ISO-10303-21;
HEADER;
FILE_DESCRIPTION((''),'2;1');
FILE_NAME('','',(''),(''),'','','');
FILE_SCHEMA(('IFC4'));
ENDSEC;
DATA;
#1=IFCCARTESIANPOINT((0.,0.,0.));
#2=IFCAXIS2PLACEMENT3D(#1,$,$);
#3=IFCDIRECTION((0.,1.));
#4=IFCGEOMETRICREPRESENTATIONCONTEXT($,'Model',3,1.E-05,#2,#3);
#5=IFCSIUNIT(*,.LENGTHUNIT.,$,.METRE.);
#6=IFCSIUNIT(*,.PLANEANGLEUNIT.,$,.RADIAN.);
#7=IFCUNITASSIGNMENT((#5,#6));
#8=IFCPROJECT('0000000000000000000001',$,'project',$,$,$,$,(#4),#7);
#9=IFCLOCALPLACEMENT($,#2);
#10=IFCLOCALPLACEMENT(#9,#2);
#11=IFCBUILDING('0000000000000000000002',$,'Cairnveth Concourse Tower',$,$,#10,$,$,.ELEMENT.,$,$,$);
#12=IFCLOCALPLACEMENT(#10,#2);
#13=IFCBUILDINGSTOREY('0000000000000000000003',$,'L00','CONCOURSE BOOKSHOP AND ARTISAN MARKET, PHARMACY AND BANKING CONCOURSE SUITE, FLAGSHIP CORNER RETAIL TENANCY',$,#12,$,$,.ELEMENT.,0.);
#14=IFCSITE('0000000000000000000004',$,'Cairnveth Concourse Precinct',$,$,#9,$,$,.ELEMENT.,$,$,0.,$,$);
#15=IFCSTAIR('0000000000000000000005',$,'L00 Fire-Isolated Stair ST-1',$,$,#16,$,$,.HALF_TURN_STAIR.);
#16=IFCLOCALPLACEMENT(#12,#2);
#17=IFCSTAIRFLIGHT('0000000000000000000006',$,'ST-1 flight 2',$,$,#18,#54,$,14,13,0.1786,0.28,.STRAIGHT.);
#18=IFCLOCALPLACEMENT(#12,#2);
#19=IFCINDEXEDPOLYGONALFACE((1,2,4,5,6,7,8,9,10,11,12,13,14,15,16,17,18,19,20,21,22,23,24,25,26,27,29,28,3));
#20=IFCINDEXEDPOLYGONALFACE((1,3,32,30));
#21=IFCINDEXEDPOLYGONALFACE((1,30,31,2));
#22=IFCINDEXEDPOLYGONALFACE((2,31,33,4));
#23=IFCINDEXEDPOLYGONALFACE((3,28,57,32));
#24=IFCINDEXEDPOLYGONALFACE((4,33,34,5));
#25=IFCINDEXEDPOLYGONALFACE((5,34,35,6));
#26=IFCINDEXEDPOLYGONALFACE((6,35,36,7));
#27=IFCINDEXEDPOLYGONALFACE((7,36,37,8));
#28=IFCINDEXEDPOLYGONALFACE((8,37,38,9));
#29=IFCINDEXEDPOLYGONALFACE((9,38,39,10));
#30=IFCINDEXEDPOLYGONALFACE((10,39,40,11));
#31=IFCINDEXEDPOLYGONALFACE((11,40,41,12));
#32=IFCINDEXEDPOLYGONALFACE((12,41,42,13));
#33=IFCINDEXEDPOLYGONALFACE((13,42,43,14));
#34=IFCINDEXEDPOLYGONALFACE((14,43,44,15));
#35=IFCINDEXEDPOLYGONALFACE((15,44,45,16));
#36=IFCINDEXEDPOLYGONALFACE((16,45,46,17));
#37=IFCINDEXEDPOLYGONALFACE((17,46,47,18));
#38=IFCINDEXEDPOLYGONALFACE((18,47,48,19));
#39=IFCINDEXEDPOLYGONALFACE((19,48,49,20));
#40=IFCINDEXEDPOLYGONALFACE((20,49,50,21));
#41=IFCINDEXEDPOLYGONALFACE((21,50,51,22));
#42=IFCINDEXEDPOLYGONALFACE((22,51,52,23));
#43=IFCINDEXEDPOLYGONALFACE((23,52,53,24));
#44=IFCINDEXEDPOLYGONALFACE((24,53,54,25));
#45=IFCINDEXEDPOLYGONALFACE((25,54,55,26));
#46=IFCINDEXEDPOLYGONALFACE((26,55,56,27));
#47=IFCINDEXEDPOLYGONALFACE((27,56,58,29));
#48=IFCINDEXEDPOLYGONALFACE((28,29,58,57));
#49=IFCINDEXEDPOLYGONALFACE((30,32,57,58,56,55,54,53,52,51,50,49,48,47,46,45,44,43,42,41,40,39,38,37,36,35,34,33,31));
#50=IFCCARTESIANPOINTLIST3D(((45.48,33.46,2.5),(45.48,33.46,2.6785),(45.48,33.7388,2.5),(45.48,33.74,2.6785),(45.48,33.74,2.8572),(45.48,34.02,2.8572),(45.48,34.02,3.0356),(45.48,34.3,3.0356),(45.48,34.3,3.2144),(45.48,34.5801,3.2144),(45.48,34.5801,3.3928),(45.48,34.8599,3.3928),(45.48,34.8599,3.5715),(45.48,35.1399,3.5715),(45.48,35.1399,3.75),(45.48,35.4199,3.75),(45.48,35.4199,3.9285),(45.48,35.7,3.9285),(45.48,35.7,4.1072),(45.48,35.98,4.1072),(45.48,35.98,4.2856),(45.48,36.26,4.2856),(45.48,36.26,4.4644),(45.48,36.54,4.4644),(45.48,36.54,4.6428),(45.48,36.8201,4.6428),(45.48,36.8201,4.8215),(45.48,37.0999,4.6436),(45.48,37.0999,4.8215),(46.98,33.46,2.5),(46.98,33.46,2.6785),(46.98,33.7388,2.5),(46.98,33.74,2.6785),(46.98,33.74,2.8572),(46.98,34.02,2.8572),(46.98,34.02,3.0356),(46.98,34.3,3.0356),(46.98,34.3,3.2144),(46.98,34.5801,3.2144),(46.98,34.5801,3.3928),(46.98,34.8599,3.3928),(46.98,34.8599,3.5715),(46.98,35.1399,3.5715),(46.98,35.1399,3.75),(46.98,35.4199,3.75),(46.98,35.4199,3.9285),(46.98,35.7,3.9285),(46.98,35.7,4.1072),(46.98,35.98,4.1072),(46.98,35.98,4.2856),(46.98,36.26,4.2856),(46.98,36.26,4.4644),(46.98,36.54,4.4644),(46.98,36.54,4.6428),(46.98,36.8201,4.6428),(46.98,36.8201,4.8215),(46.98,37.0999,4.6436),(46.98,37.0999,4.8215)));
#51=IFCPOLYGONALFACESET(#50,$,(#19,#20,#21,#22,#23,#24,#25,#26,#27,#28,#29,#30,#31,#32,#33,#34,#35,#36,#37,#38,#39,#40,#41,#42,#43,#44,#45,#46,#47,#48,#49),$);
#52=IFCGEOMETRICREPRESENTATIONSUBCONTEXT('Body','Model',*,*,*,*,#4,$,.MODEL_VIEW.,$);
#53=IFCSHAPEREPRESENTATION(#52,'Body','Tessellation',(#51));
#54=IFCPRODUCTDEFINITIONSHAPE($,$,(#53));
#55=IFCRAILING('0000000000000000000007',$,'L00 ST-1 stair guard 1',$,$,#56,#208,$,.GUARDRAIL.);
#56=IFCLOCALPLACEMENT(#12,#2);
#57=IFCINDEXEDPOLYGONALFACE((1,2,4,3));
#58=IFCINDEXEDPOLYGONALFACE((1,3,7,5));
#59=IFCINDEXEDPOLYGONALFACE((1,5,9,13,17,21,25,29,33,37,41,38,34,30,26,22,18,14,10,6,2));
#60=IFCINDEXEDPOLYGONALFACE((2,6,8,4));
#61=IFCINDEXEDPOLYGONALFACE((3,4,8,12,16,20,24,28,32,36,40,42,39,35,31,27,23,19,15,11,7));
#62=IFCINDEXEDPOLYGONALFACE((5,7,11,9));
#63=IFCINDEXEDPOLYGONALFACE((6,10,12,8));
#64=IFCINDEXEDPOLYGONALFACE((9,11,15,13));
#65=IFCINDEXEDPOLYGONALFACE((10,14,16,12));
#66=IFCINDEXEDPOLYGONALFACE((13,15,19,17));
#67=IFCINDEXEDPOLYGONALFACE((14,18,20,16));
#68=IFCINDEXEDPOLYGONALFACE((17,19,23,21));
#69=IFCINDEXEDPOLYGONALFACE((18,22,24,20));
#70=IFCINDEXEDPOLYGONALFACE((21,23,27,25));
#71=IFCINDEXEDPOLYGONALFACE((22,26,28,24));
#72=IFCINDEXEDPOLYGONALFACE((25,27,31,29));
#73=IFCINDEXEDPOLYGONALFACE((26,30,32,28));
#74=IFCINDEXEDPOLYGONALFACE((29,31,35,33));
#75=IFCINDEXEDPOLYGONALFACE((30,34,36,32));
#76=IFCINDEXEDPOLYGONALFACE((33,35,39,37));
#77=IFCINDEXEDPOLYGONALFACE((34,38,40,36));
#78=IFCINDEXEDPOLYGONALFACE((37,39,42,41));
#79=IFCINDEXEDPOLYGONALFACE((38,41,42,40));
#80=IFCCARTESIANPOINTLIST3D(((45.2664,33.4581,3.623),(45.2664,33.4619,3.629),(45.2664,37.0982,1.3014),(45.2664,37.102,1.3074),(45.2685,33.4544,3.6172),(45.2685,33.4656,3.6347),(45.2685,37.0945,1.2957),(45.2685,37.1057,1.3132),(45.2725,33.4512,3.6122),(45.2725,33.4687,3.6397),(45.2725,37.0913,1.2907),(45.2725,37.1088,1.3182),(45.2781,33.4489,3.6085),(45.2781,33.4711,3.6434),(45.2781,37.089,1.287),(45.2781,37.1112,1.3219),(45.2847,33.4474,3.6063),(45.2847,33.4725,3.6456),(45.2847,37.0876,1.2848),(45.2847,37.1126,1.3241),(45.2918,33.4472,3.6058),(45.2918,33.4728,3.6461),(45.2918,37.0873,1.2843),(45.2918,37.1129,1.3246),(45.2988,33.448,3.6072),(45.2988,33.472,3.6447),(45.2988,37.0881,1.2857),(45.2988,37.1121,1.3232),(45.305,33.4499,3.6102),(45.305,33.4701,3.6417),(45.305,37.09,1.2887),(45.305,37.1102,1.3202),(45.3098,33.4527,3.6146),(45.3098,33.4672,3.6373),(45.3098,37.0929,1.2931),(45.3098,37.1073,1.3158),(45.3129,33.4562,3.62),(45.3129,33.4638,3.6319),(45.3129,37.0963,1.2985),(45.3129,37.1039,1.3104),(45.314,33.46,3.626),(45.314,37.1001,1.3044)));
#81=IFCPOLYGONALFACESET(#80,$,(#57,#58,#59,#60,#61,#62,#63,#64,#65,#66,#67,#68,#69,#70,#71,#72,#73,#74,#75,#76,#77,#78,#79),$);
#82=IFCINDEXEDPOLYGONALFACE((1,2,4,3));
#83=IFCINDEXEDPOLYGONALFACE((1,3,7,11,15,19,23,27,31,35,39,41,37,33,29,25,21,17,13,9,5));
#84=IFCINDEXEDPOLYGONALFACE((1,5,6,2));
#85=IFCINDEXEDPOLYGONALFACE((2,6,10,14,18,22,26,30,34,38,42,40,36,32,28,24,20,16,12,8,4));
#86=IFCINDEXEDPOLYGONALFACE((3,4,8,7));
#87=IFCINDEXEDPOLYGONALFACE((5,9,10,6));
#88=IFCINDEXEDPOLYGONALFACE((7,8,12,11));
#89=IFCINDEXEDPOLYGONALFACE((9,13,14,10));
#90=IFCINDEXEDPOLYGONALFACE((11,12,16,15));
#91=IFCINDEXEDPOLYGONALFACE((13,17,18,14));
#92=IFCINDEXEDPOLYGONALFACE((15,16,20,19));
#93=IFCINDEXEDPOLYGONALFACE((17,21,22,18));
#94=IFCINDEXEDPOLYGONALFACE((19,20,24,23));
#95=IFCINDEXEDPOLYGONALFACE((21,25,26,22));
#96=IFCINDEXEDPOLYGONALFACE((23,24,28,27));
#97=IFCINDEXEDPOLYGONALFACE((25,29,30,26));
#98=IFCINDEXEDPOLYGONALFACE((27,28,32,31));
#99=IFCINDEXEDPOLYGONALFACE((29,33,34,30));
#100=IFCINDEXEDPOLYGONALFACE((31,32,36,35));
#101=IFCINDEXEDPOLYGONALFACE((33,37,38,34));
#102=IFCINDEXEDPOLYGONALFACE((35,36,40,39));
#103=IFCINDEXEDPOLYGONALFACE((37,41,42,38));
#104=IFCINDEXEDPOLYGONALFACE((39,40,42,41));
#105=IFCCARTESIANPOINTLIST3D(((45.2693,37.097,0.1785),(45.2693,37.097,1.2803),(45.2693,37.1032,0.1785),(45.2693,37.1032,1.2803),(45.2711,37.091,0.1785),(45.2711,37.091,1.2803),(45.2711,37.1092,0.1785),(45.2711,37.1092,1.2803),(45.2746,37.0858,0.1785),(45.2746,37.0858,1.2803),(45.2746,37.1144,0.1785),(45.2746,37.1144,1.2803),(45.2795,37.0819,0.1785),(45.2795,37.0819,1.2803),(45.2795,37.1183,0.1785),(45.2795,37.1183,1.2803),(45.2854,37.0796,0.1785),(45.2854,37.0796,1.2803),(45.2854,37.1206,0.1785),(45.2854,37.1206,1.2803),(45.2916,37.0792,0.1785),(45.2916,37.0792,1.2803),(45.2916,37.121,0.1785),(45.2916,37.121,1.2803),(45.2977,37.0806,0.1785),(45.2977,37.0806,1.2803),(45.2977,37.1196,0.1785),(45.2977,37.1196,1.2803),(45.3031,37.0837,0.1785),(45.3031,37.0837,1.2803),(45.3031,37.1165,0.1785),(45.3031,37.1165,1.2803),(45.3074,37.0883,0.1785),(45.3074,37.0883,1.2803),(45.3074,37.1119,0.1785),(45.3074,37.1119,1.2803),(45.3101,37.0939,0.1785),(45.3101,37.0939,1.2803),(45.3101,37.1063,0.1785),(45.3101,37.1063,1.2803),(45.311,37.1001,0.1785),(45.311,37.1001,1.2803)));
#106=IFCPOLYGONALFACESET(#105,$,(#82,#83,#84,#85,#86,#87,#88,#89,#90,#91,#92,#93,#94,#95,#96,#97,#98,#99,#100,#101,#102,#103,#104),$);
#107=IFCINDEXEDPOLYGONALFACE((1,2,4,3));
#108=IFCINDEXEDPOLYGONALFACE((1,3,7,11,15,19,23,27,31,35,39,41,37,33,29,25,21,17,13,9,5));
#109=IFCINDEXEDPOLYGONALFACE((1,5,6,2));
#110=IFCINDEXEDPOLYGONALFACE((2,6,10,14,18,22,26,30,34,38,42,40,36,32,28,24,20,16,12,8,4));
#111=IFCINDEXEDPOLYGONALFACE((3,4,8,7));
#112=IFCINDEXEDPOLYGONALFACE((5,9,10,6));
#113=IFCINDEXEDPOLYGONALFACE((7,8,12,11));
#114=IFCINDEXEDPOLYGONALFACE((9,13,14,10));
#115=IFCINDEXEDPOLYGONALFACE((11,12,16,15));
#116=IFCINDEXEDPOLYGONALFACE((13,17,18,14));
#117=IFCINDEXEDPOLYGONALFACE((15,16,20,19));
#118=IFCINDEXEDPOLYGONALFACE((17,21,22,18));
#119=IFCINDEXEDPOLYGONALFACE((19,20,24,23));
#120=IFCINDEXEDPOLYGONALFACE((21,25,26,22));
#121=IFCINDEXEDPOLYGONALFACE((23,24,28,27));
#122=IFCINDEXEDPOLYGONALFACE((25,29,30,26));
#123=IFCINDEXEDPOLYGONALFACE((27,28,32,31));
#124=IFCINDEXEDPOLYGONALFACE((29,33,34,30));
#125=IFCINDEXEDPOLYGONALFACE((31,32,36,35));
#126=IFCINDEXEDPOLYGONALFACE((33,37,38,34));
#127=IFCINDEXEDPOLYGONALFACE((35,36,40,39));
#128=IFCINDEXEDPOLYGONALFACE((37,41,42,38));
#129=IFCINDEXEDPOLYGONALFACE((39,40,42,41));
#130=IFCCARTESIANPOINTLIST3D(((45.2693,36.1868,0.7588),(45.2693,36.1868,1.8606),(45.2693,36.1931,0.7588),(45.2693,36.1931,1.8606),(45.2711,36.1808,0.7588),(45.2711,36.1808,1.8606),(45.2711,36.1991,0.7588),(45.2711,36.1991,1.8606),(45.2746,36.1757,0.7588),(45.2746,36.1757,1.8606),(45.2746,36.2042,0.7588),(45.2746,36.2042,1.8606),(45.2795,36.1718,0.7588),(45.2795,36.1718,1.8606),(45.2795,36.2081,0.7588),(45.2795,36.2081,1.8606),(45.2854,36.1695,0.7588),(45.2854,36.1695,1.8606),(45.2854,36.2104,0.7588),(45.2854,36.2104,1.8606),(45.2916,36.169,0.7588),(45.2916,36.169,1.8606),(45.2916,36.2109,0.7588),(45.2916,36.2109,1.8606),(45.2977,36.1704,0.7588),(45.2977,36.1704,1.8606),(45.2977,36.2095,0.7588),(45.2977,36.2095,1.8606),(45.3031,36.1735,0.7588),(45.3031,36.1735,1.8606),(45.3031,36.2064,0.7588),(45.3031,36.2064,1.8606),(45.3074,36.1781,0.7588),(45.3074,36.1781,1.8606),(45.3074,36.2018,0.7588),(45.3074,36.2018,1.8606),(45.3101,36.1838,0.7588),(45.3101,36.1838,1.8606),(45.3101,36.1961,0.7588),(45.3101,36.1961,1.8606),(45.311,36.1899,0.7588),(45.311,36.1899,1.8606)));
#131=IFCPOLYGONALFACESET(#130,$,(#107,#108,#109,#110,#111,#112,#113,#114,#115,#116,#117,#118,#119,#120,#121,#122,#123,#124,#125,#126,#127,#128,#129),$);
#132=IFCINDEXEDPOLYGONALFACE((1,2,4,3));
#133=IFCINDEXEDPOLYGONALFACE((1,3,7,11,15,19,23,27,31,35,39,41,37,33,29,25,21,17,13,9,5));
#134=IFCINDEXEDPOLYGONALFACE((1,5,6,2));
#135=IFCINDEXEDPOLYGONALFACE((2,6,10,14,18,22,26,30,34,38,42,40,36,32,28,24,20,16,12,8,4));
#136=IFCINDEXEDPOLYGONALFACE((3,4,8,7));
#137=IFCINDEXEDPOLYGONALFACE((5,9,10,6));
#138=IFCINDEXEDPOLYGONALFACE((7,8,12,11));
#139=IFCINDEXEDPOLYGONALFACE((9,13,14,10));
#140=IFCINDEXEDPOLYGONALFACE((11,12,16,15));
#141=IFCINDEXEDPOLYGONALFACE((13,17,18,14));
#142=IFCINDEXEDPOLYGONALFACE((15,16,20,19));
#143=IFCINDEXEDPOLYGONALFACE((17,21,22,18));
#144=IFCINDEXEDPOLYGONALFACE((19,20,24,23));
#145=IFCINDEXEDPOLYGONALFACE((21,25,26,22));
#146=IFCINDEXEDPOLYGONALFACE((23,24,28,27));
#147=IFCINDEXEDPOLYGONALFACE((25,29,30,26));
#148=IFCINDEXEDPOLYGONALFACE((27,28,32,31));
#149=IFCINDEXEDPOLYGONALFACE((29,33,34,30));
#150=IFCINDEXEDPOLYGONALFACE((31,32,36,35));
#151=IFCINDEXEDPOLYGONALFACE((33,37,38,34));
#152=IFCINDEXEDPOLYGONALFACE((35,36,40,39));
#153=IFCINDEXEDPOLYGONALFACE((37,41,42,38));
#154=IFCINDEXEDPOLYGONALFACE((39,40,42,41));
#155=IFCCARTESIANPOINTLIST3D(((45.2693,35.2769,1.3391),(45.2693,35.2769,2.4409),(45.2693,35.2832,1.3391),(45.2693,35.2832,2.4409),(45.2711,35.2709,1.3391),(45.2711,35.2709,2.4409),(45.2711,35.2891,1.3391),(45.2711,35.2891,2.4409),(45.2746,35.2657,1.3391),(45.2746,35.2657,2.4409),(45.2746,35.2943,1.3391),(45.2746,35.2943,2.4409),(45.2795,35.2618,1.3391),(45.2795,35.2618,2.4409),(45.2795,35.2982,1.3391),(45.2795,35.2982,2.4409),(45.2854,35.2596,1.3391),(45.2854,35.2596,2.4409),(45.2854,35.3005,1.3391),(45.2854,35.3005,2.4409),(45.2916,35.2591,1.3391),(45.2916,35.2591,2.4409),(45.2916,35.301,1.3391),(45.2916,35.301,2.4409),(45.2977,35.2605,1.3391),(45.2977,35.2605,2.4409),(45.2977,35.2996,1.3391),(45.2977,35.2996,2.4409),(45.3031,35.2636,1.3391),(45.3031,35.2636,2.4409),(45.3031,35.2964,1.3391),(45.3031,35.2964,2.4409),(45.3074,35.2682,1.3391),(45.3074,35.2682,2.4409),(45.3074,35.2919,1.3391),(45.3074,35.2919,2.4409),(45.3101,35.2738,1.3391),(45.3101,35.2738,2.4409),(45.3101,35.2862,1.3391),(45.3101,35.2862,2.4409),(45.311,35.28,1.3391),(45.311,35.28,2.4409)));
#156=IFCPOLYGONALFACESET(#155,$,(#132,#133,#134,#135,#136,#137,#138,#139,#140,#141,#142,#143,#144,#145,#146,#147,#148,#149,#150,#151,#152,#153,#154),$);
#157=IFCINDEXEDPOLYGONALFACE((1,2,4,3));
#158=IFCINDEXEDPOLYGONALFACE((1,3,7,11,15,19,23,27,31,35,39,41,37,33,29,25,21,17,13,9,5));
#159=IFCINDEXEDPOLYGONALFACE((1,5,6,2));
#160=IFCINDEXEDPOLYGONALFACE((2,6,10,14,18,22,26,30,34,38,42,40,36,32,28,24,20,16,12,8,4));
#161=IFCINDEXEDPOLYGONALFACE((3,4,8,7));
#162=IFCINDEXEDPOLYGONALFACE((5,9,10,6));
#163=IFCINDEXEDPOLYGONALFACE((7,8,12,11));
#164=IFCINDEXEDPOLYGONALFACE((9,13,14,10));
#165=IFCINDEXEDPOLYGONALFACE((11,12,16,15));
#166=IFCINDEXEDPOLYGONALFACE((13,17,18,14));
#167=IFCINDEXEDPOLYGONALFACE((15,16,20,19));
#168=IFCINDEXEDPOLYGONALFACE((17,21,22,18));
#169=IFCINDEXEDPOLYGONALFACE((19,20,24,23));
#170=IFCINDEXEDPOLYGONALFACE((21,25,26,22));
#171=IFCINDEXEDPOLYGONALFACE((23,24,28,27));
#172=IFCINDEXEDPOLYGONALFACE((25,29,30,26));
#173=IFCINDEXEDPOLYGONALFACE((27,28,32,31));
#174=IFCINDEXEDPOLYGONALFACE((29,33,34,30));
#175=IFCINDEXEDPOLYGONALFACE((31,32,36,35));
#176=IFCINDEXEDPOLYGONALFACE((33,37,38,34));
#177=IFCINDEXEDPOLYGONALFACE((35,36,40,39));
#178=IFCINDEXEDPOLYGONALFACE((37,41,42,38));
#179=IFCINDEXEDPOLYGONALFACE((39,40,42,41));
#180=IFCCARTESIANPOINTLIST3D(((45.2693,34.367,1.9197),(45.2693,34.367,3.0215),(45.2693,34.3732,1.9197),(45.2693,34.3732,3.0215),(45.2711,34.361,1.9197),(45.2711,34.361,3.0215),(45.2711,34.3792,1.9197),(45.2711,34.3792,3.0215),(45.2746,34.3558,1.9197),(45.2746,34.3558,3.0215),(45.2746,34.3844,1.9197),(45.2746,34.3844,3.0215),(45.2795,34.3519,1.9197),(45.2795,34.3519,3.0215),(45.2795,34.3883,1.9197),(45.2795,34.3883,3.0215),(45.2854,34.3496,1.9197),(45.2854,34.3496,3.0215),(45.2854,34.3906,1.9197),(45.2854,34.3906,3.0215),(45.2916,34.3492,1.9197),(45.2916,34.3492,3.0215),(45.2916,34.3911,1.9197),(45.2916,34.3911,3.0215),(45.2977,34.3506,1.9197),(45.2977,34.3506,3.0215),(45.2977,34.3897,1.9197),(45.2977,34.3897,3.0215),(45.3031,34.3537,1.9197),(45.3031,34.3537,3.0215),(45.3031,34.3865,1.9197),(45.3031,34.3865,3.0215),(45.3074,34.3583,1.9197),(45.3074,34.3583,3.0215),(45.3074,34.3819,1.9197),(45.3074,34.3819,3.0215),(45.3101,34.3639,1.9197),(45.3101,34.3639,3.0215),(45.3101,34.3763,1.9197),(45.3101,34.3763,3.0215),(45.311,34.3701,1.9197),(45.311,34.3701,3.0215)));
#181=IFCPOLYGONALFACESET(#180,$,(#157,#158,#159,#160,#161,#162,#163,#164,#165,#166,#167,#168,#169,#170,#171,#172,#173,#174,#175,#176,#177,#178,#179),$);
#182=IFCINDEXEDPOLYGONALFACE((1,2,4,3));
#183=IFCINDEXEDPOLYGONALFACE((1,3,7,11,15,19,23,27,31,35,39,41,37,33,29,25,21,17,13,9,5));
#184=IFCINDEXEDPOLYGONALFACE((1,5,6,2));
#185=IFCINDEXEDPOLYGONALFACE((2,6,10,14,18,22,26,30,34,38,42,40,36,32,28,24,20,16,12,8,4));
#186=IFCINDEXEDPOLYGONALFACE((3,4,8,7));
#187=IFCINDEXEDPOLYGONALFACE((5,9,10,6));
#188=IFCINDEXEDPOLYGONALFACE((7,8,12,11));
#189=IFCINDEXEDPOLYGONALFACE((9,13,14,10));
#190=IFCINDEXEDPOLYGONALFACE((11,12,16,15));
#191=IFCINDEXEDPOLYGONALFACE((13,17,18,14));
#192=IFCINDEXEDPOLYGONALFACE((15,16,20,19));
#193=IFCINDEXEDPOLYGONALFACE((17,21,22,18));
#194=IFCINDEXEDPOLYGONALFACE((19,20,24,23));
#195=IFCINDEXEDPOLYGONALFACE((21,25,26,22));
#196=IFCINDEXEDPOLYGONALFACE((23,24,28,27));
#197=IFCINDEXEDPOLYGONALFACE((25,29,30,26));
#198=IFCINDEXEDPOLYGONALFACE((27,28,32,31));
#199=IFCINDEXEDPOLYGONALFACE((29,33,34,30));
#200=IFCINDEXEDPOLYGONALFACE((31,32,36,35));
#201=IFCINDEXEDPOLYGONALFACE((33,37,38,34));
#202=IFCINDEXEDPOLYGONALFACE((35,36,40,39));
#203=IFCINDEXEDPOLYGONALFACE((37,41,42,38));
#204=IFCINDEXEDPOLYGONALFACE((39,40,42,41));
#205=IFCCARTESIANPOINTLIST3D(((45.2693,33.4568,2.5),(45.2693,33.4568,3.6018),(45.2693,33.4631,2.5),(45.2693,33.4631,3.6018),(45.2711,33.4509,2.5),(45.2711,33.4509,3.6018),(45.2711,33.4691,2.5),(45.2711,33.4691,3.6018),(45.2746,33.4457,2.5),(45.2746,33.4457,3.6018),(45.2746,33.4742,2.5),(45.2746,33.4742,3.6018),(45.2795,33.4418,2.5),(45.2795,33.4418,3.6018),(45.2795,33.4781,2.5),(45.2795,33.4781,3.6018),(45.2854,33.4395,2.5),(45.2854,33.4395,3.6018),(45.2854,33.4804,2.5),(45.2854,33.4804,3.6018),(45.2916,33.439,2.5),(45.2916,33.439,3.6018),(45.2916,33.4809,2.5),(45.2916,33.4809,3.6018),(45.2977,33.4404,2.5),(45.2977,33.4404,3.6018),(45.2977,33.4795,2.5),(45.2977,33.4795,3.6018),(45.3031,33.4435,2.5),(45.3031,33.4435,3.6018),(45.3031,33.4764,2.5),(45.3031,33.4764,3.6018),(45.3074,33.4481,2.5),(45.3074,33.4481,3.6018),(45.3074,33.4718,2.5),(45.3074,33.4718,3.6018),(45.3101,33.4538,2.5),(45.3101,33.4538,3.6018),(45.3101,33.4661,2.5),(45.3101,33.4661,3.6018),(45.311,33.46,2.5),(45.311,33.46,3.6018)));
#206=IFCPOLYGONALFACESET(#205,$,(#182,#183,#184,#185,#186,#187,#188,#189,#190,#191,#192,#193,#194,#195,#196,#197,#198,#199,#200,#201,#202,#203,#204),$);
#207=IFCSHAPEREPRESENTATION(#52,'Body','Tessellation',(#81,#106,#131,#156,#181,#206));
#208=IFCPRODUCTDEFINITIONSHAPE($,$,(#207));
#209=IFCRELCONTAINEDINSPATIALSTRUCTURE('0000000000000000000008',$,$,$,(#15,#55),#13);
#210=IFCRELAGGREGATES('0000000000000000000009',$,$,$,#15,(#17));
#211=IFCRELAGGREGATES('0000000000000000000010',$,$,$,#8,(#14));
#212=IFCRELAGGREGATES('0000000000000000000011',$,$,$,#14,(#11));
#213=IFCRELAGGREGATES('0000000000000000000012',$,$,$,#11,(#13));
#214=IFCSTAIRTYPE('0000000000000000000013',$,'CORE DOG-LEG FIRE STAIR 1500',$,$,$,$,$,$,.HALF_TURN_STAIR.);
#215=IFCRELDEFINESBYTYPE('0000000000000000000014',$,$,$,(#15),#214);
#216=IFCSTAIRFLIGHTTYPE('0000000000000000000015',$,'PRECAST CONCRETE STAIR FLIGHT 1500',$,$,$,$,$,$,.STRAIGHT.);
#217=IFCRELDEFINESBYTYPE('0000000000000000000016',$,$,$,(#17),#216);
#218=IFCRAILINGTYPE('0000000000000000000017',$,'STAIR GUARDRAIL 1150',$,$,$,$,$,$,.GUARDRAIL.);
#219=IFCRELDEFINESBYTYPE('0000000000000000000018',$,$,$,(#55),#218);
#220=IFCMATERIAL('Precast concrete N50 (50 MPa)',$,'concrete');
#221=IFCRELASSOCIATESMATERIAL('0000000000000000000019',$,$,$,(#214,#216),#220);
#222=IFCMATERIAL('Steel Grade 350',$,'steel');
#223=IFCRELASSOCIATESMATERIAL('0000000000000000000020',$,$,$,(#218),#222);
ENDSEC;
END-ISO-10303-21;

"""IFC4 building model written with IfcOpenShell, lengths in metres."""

from ifc_helpers import new_model, si_unit, direction, frame, origin, origin_2d, place, context, subcontext, project, spatial, polyline, circle, outline, extrude, material, type_object, element, aggregate, save


model = new_model("IFC4")

# Units and contexts
model_context = context("Model", 3, precision=1e-05, world=origin(), true_north=direction((0.0, 1.0)))
body_context = subcontext(model_context, "Body", "Model", "MODEL_VIEW")
ifc_project = project(units=[si_unit("LENGTHUNIT", "METRE"), si_unit("PLANEANGLEUNIT", "RADIAN")], contexts=[model_context])

# Site, building, storey
site_placement = place(None, origin())
site = spatial("IfcSite", under=ifc_project, at=site_placement, Name="Cairnveth Concourse Precinct", CompositionType="ELEMENT", RefElevation=0.0)
building_placement = place(site_placement, origin())
building = spatial("IfcBuilding", under=site, at=building_placement, Name="Cairnveth Concourse Tower", CompositionType="ELEMENT")
storey_placement = place(building_placement, origin())
storey = spatial("IfcBuildingStorey", under=building, at=storey_placement, Name="L00", Description="CONCOURSE BOOKSHOP AND ARTISAN MARKET, PHARMACY AND BANKING CONCOURSE SUITE, FLAGSHIP CORNER RETAIL TENANCY", CompositionType="ELEMENT", Elevation=0.0)

# Shared definitions
ifc_material_1 = material(Name="Steel Grade 350", Category="steel")

# Stair, stair flight
ifc_material_2 = material(Name="Precast concrete N50 (50 MPa)", Category="concrete")
stair_type = type_object("IfcStairType", Name="CORE DOG-LEG FIRE STAIR 1500", PredefinedType="HALF_TURN_STAIR", material=ifc_material_2)
stair_placement = place(storey_placement, origin())
stair = element("IfcStair", 1, at=stair_placement, inside=storey, type_object=stair_type, Name="L00 Fire-Isolated Stair ST-1", PredefinedType="HALF_TURN_STAIR")
stair_flight_type = type_object("IfcStairFlightType", Name="PRECAST CONCRETE STAIR FLIGHT 1500", PredefinedType="STRAIGHT", material=ifc_material_2)
stair_flight_1_placement = place(storey_placement, frame((46.23, 33.46, 2.5), z_axis=(0.0, 0.0, 1.0), x_axis=(0.0, 1.0, 0.0)))
stair_flight_1 = element("IfcStairFlight", 2, at=stair_flight_1_placement, type_object=stair_flight_type, Name="ST-1 flight 2", NumberOfRisers=14, NumberOfTreads=13, PredefinedType="STRAIGHT", RiserHeight=0.1786, TreadLength=0.28, context=body_context, shape_type="SweptSolid", body=[
    extrude(outline(polyline([(0.0, 0.0), (0.0, 0.1785), (0.28, 0.1785), (0.28, 0.3572), (0.5601, 0.3572), (0.5601, 0.5356), (0.8401, 0.5356), (0.8401, 0.7144), (1.1201, 0.7144), (1.1201, 0.8928), (1.3999, 0.8928), (1.3999, 1.0715), (1.6799, 1.0715), (1.6799, 1.25), (1.96, 1.25), (1.96, 1.4285), (2.24, 1.4285), (2.24, 1.6072), (2.52, 1.6072), (2.52, 1.7856), (2.8, 1.7856), (2.8, 1.9644), (3.0801, 1.9644), (3.0801, 2.1428), (3.3601, 2.1428), (3.3601, 2.3215), (3.6399, 2.3215), (3.6399, 2.5), (3.6399, 2.1436), (0.2788, 0.0), (0.0, 0.0)])), frame((0.0, 0.75, 0.0), z_axis=(0.0, -1.0, 0.0), x_axis=(1.0, 0.0, 0.0)), (0.0, 0.0, 1.0), 1.5),
])
aggregate(stair, [stair_flight_1])

# Railing
railing_type_1 = type_object("IfcRailingType", Name="STAIR GUARDRAIL 1150", PredefinedType="GUARDRAIL", material=ifc_material_1)
railing_1_placement = place(storey_placement, frame((45.29, 37.1001, 0.1785)))
element("IfcRailing", 3, at=railing_1_placement, inside=storey, type_object=railing_type_1, Name="L00 ST-1 stair guard 1", PredefinedType="GUARDRAIL", context=body_context, shape_type="SweptSolid", body=[
    extrude(circle(Radius=0.0239, at=origin_2d()), frame((0.0, 0.0, 1.126), z_axis=(0.0, -0.843128, 0.537713), x_axis=(1.0, 0.0, 0.0)), (0.0, 0.0, 1.0), 4.3174),
    extrude(circle(Radius=0.021, at=origin_2d()), origin(), (0.0, 0.0, 1.0), 1.1018),
    extrude(circle(Radius=0.021, at=origin_2d()), frame((0.0, -0.9102, 0.5803)), (0.0, 0.0, 1.0), 1.1018),
    extrude(circle(Radius=0.021, at=origin_2d()), frame((0.0, -1.8201, 1.1606)), (0.0, 0.0, 1.0), 1.1018),
    extrude(circle(Radius=0.021, at=origin_2d()), frame((0.0, -2.73, 1.7412)), (0.0, 0.0, 1.0), 1.1018),
    extrude(circle(Radius=0.021, at=origin_2d()), frame((0.0, -3.6401, 2.3215)), (0.0, 0.0, 1.0), 1.1018),
])

save(model, "model.ifc")
